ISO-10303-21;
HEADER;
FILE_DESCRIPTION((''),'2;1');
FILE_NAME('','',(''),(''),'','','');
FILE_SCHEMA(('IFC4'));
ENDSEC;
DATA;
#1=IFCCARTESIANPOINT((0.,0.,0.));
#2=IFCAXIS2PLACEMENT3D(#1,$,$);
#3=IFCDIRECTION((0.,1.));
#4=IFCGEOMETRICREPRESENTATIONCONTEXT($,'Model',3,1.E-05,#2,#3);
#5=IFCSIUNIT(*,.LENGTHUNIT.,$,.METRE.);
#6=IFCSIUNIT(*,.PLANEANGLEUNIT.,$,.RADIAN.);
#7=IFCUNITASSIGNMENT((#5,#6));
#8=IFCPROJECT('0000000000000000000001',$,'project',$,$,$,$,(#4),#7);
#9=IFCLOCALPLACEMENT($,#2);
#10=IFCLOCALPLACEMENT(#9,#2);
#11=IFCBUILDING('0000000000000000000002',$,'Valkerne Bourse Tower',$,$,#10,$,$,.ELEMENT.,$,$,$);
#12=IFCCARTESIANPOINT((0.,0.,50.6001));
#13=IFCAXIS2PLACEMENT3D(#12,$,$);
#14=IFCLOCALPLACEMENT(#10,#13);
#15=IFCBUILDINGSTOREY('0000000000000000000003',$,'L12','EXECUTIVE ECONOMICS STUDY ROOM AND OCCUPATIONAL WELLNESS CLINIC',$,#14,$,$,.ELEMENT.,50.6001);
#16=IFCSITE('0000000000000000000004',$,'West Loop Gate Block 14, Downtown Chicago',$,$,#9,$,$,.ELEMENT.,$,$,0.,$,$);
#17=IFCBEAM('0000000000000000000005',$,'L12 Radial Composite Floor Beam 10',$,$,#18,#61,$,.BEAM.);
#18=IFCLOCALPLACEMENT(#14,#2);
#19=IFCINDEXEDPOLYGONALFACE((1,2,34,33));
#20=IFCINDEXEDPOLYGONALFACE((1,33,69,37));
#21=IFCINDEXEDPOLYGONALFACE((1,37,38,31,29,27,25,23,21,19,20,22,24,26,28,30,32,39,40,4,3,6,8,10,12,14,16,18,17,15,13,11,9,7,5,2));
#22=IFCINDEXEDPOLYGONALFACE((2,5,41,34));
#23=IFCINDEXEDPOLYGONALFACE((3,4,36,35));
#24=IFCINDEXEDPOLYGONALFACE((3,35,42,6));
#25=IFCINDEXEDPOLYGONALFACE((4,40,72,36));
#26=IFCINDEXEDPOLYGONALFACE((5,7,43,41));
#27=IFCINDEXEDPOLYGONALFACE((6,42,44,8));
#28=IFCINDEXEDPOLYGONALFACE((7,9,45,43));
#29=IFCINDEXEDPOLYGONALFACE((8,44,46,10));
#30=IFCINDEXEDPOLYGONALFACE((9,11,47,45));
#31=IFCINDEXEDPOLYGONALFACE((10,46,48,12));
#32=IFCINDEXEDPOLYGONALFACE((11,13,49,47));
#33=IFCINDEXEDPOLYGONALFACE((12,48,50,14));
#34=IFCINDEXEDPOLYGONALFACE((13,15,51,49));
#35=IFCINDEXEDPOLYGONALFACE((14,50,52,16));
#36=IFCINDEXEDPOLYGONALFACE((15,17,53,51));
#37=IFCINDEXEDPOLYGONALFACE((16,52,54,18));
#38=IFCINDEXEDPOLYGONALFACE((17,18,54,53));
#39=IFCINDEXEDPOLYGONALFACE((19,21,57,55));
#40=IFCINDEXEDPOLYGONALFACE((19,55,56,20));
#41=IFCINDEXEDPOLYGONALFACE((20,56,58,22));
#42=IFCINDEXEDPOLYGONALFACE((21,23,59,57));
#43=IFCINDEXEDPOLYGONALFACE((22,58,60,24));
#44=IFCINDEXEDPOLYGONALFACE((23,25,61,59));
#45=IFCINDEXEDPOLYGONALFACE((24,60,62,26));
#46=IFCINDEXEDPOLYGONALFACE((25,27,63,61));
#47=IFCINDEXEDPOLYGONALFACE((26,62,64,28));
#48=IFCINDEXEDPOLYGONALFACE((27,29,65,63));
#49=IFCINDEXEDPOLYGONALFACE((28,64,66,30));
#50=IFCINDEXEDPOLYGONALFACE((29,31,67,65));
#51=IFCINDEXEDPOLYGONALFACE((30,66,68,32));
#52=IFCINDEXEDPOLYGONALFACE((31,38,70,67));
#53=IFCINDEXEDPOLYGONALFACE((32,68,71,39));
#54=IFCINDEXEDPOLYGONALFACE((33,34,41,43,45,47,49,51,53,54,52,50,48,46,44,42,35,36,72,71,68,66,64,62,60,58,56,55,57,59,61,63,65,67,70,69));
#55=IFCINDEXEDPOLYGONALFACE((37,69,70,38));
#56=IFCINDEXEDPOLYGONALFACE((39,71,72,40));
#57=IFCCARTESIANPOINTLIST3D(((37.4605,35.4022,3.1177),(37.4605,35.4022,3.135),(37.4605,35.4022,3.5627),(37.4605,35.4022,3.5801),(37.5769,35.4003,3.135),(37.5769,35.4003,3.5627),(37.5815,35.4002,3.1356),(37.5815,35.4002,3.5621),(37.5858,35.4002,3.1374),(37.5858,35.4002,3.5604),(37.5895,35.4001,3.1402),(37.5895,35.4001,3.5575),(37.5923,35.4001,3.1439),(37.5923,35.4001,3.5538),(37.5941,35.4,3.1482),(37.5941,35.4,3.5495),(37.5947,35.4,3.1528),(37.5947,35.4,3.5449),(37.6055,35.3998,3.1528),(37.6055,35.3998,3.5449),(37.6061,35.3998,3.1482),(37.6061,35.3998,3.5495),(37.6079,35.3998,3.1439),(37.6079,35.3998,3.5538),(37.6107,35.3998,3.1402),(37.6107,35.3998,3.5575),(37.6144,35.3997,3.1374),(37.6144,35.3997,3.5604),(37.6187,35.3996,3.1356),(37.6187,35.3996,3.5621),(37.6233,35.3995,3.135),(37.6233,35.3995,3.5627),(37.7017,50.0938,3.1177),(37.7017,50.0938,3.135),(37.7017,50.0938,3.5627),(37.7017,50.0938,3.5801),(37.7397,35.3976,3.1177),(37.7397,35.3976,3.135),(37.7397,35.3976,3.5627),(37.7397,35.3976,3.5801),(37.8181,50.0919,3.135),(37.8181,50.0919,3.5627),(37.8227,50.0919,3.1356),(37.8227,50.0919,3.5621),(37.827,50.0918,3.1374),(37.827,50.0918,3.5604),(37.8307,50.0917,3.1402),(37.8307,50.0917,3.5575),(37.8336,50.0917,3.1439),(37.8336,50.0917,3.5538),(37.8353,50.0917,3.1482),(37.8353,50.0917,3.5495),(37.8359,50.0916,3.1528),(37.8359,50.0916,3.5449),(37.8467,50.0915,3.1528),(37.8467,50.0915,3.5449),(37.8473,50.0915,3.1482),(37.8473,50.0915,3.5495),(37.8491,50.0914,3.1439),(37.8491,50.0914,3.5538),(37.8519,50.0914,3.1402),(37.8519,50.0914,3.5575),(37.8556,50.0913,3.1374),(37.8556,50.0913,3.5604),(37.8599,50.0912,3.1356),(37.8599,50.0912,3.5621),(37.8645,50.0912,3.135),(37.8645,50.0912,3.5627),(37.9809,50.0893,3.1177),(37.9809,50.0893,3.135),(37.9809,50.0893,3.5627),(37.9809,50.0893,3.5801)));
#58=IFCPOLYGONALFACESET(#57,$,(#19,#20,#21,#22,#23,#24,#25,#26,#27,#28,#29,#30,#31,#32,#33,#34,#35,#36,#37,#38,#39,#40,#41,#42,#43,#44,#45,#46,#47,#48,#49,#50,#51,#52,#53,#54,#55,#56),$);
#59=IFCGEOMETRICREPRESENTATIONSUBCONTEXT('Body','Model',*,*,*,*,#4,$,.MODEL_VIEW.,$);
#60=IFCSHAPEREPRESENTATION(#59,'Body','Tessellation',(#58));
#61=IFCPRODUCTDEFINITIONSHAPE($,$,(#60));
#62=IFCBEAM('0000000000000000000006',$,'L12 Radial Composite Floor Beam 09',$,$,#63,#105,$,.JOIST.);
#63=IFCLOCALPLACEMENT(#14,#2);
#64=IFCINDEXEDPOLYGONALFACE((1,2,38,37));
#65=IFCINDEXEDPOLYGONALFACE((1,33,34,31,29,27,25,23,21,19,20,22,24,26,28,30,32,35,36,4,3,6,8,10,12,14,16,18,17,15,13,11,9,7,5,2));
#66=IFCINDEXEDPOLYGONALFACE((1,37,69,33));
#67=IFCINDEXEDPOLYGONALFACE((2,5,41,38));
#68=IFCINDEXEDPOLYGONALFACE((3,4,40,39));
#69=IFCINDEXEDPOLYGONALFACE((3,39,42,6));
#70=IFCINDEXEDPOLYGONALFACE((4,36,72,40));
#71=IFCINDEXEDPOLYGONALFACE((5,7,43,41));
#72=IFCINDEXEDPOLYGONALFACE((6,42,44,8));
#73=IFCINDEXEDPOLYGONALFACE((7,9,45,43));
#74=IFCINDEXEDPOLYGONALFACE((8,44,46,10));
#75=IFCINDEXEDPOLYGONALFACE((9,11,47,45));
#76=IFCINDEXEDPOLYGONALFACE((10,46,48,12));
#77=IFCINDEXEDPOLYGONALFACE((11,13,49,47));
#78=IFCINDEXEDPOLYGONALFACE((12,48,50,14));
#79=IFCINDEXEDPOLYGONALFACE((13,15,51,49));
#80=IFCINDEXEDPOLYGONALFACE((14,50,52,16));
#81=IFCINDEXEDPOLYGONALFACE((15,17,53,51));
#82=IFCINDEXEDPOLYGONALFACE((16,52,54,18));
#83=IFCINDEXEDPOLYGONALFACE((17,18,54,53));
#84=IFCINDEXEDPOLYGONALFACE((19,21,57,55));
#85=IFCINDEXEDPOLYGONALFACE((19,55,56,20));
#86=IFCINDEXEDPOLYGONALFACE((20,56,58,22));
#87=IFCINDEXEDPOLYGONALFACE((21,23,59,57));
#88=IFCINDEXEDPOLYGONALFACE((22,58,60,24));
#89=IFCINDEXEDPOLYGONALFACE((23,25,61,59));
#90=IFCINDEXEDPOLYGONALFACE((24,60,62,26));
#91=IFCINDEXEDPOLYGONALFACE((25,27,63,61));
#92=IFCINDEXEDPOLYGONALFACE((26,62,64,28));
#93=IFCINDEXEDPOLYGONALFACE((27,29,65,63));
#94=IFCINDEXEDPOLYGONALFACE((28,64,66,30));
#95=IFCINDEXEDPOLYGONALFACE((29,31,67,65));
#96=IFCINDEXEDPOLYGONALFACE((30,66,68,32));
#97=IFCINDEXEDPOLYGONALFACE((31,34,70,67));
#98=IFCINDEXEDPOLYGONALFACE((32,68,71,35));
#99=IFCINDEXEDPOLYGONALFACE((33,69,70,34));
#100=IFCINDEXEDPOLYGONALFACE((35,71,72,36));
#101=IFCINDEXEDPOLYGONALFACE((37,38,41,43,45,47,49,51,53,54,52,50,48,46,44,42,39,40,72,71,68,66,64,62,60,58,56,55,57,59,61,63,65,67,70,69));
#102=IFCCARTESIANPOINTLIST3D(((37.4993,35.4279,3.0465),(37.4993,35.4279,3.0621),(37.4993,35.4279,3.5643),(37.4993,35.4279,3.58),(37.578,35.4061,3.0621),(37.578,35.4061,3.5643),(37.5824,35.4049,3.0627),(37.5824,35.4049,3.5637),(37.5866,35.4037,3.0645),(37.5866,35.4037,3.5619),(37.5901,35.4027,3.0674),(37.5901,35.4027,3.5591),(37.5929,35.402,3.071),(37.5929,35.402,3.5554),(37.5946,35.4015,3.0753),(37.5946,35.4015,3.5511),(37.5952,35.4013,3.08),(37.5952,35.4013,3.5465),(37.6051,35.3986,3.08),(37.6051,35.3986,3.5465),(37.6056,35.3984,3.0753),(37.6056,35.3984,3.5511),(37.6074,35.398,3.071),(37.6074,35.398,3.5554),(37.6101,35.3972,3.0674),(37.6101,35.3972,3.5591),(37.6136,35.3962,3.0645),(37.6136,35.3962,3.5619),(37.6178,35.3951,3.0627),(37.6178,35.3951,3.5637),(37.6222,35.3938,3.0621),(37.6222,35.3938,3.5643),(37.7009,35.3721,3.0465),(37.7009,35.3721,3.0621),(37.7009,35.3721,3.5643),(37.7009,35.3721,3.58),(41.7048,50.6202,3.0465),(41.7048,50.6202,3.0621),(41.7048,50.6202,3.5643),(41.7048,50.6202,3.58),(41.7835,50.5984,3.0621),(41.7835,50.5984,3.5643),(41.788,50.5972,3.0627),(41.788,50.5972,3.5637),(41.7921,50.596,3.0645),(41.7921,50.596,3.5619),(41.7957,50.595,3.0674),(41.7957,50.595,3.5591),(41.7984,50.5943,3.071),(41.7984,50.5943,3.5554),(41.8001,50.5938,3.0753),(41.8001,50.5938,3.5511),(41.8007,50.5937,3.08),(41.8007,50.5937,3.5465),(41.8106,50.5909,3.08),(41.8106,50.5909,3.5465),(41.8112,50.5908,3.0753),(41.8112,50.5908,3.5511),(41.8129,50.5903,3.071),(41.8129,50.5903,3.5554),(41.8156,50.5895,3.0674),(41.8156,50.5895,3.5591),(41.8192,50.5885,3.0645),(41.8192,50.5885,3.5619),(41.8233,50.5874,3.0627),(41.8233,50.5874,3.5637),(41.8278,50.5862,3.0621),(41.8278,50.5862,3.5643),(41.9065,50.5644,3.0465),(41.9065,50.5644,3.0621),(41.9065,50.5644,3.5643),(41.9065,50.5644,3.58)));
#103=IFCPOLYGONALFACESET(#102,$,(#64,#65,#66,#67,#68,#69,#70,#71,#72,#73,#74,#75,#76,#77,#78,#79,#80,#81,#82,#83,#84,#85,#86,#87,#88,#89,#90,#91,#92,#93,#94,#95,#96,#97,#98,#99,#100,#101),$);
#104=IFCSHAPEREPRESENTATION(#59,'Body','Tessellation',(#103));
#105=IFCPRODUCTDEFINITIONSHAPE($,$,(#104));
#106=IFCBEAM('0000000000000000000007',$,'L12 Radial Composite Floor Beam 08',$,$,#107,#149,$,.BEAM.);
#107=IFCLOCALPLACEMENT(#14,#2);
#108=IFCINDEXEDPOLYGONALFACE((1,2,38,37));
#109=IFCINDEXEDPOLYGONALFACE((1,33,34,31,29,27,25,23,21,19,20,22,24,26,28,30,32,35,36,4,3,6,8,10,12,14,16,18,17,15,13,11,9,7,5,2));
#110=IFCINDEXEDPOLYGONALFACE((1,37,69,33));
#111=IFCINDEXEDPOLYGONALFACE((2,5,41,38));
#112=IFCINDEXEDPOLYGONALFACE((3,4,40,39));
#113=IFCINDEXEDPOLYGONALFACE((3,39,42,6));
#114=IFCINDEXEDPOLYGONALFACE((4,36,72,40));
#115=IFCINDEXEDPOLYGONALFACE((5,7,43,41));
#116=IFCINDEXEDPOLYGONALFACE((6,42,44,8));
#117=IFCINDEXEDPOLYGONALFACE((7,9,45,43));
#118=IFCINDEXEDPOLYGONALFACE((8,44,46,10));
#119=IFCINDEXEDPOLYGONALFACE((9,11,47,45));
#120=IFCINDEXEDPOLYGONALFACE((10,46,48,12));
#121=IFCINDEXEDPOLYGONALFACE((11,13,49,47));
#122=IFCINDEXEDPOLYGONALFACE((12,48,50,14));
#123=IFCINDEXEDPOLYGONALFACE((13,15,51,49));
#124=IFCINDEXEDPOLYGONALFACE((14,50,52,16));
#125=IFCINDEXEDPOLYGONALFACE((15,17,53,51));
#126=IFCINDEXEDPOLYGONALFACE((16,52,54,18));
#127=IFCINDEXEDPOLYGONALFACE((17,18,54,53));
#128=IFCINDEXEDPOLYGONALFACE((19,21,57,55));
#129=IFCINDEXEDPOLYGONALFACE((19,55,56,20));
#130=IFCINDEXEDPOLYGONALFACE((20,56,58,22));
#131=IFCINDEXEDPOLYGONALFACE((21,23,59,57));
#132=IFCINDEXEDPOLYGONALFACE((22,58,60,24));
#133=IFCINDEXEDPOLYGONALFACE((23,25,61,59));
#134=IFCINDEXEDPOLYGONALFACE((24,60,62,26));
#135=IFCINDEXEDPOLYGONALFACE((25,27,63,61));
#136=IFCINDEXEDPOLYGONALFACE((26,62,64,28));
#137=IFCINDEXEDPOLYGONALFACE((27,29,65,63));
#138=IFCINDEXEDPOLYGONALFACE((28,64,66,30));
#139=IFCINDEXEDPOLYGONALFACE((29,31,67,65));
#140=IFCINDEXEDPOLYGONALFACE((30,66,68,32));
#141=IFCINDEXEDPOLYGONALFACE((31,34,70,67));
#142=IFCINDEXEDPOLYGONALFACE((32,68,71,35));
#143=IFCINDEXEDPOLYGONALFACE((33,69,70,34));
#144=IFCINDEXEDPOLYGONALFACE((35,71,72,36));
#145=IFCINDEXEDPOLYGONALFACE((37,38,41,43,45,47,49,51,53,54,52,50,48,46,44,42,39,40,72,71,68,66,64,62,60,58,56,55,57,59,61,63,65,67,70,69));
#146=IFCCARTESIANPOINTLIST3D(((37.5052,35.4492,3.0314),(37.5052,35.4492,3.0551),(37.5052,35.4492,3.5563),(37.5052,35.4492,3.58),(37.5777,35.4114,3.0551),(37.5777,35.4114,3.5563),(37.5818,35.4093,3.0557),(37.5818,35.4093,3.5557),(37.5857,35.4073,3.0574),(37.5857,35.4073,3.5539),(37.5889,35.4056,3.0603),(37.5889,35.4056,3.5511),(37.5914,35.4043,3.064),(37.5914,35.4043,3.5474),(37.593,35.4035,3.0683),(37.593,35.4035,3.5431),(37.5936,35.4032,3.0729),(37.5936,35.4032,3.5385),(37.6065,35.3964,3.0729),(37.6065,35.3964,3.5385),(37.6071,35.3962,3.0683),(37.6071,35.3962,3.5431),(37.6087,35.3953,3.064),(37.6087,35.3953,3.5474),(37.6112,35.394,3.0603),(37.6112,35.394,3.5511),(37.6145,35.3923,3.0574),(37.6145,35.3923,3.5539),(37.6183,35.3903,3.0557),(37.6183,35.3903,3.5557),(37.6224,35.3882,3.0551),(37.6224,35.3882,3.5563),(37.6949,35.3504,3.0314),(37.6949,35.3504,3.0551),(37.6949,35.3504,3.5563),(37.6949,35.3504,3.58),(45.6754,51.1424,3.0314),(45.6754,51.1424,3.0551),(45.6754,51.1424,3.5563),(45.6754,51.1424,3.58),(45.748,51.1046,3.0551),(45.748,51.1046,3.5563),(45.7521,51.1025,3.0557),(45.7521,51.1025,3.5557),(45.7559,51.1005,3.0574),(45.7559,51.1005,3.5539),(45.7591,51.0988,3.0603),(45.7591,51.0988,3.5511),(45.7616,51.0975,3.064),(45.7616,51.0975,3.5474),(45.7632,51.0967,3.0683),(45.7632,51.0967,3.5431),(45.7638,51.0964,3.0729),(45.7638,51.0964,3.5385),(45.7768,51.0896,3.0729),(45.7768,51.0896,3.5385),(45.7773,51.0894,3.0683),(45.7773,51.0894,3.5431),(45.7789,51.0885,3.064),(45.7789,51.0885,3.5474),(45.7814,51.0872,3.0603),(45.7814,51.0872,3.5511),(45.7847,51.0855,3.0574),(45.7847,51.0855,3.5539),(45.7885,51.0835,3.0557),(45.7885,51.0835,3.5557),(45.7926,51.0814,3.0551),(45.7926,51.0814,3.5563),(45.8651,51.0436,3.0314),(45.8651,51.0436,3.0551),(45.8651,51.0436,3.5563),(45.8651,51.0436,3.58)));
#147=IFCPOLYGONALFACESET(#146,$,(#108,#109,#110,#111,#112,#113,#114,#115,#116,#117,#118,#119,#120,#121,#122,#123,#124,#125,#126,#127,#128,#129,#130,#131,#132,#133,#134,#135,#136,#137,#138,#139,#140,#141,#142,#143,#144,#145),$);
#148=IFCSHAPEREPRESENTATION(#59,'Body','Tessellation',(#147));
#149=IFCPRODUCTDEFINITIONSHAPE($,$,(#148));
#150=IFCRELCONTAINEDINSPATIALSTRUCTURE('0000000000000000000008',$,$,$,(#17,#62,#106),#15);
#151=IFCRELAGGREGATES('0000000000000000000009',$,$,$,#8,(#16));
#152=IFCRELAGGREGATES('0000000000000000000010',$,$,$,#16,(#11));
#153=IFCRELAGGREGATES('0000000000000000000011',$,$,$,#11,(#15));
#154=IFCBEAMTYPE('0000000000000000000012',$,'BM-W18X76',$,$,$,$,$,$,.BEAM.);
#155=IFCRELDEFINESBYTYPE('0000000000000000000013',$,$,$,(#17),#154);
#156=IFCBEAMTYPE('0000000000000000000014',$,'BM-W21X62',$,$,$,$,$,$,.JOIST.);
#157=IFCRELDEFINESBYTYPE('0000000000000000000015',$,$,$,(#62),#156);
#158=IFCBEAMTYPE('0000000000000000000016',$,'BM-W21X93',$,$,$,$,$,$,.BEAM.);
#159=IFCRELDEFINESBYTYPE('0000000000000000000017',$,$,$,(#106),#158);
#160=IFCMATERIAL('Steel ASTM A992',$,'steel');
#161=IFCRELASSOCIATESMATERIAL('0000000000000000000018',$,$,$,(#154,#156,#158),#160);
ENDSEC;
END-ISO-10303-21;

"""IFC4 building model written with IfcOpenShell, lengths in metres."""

from ifc_helpers import new_model, si_unit, direction, frame, origin, origin_2d, place, context, subcontext, project, spatial, i_section, extrude, material, material_profile, profile_set, type_object, element, save


model = new_model("IFC4")

# Units and contexts
model_context = context("Model", 3, precision=1e-05, world=origin(), true_north=direction((0.0, 1.0)))
body_context = subcontext(model_context, "Body", "Model", "MODEL_VIEW")
ifc_project = project(units=[si_unit("LENGTHUNIT", "METRE"), si_unit("PLANEANGLEUNIT", "RADIAN")], contexts=[model_context])

# Site, building, storey
site_placement = place(None, origin())
site = spatial("IfcSite", under=ifc_project, at=site_placement, Name="West Loop Gate Block 14, Downtown Chicago", CompositionType="ELEMENT", RefElevation=0.0)
building_placement = place(site_placement, origin())
building = spatial("IfcBuilding", under=site, at=building_placement, Name="Valkerne Bourse Tower", CompositionType="ELEMENT")
storey_placement = place(building_placement, frame((0.0, 0.0, 50.6001)))
storey = spatial("IfcBuildingStorey", under=building, at=storey_placement, Name="L12", Description="EXECUTIVE ECONOMICS STUDY ROOM AND OCCUPATIONAL WELLNESS CLINIC", CompositionType="ELEMENT", Elevation=50.6001)

# Beams
ifc_material_1 = material(Name="Steel ASTM A992", Category="steel")
ifc_material_profile_1 = material_profile(ifc_material_1, i_section(OverallWidth=0.2793, OverallDepth=0.4624, WebThickness=0.0107, FlangeThickness=0.0173, FilletRadius=0.0178, at=origin_2d()), Name="W18X76")
ifc_profile_set_1 = profile_set([ifc_material_profile_1], Name="Steel ASTM A992")
beam_type_1 = type_object("IfcBeamType", Name="BM-W18X76", PredefinedType="BEAM", material=ifc_profile_set_1)
beam_1_placement = place(storey_placement, frame((37.8413, 50.0916, 3.3489), z_axis=(-0.016416, -0.999865, 0.0), x_axis=(0.999865, -0.016416, 0.0)))
element("IfcBeam", 1, at=beam_1_placement, inside=storey, type_object=beam_type_1, Name="L12 Radial Composite Floor Beam 10", PredefinedType="BEAM", context=body_context, shape_type="SweptSolid", body=[
    extrude(i_section(OverallWidth=0.2793, OverallDepth=0.4624, WebThickness=0.0107, FlangeThickness=0.0173, FilletRadius=0.0178, at=origin_2d()), origin(), (0.0, 0.0, 1.0), 14.6936),
])
ifc_material_profile_2 = material_profile(ifc_material_1, i_section(OverallWidth=0.2092, OverallDepth=0.5334, WebThickness=0.0103, FlangeThickness=0.0156, FilletRadius=0.0178, at=origin_2d()), Name="W21X62")
ifc_profile_set_2 = profile_set([ifc_material_profile_2], Name="Steel ASTM A992")
beam_type_2 = type_object("IfcBeamType", Name="BM-W21X62", PredefinedType="JOIST", material=ifc_profile_set_2)
beam_2_placement = place(storey_placement, frame((41.8057, 50.5923, 3.3132), z_axis=(-0.266787, -0.963755, 0.0), x_axis=(0.963755, -0.266787, 0.0)))
element("IfcBeam", 2, at=beam_2_placement, inside=storey, type_object=beam_type_2, Name="L12 Radial Composite Floor Beam 09", PredefinedType="JOIST", context=body_context, shape_type="SweptSolid", body=[
    extrude(i_section(OverallWidth=0.2092, OverallDepth=0.5334, WebThickness=0.0103, FlangeThickness=0.0156, FilletRadius=0.0178, at=origin_2d()), origin(), (0.0, 0.0, 1.0), 15.7637),
])
ifc_material_profile_3 = material_profile(ifc_material_1, i_section(OverallWidth=0.2139, OverallDepth=0.5486, WebThickness=0.0146, FlangeThickness=0.0237, FilletRadius=0.0178, at=origin_2d()), Name="W21X93")
ifc_profile_set_3 = profile_set([ifc_material_profile_3], Name="Steel ASTM A992")
beam_type_3 = type_object("IfcBeamType", Name="BM-W21X93", PredefinedType="BEAM", material=ifc_profile_set_3)
beam_3_placement = place(storey_placement, frame((45.7703, 51.093, 3.3057), z_axis=(-0.461786, -0.886991, 0.0), x_axis=(0.886991, -0.461786, 0.0)))
element("IfcBeam", 3, at=beam_3_placement, inside=storey, type_object=beam_type_3, Name="L12 Radial Composite Floor Beam 08", PredefinedType="BEAM", context=body_context, shape_type="SweptSolid", body=[
    extrude(i_section(OverallWidth=0.2139, OverallDepth=0.5486, WebThickness=0.0146, FlangeThickness=0.0237, FilletRadius=0.0178, at=origin_2d()), origin(), (0.0, 0.0, 1.0), 17.6926),
])

save(model, "model.ifc")
